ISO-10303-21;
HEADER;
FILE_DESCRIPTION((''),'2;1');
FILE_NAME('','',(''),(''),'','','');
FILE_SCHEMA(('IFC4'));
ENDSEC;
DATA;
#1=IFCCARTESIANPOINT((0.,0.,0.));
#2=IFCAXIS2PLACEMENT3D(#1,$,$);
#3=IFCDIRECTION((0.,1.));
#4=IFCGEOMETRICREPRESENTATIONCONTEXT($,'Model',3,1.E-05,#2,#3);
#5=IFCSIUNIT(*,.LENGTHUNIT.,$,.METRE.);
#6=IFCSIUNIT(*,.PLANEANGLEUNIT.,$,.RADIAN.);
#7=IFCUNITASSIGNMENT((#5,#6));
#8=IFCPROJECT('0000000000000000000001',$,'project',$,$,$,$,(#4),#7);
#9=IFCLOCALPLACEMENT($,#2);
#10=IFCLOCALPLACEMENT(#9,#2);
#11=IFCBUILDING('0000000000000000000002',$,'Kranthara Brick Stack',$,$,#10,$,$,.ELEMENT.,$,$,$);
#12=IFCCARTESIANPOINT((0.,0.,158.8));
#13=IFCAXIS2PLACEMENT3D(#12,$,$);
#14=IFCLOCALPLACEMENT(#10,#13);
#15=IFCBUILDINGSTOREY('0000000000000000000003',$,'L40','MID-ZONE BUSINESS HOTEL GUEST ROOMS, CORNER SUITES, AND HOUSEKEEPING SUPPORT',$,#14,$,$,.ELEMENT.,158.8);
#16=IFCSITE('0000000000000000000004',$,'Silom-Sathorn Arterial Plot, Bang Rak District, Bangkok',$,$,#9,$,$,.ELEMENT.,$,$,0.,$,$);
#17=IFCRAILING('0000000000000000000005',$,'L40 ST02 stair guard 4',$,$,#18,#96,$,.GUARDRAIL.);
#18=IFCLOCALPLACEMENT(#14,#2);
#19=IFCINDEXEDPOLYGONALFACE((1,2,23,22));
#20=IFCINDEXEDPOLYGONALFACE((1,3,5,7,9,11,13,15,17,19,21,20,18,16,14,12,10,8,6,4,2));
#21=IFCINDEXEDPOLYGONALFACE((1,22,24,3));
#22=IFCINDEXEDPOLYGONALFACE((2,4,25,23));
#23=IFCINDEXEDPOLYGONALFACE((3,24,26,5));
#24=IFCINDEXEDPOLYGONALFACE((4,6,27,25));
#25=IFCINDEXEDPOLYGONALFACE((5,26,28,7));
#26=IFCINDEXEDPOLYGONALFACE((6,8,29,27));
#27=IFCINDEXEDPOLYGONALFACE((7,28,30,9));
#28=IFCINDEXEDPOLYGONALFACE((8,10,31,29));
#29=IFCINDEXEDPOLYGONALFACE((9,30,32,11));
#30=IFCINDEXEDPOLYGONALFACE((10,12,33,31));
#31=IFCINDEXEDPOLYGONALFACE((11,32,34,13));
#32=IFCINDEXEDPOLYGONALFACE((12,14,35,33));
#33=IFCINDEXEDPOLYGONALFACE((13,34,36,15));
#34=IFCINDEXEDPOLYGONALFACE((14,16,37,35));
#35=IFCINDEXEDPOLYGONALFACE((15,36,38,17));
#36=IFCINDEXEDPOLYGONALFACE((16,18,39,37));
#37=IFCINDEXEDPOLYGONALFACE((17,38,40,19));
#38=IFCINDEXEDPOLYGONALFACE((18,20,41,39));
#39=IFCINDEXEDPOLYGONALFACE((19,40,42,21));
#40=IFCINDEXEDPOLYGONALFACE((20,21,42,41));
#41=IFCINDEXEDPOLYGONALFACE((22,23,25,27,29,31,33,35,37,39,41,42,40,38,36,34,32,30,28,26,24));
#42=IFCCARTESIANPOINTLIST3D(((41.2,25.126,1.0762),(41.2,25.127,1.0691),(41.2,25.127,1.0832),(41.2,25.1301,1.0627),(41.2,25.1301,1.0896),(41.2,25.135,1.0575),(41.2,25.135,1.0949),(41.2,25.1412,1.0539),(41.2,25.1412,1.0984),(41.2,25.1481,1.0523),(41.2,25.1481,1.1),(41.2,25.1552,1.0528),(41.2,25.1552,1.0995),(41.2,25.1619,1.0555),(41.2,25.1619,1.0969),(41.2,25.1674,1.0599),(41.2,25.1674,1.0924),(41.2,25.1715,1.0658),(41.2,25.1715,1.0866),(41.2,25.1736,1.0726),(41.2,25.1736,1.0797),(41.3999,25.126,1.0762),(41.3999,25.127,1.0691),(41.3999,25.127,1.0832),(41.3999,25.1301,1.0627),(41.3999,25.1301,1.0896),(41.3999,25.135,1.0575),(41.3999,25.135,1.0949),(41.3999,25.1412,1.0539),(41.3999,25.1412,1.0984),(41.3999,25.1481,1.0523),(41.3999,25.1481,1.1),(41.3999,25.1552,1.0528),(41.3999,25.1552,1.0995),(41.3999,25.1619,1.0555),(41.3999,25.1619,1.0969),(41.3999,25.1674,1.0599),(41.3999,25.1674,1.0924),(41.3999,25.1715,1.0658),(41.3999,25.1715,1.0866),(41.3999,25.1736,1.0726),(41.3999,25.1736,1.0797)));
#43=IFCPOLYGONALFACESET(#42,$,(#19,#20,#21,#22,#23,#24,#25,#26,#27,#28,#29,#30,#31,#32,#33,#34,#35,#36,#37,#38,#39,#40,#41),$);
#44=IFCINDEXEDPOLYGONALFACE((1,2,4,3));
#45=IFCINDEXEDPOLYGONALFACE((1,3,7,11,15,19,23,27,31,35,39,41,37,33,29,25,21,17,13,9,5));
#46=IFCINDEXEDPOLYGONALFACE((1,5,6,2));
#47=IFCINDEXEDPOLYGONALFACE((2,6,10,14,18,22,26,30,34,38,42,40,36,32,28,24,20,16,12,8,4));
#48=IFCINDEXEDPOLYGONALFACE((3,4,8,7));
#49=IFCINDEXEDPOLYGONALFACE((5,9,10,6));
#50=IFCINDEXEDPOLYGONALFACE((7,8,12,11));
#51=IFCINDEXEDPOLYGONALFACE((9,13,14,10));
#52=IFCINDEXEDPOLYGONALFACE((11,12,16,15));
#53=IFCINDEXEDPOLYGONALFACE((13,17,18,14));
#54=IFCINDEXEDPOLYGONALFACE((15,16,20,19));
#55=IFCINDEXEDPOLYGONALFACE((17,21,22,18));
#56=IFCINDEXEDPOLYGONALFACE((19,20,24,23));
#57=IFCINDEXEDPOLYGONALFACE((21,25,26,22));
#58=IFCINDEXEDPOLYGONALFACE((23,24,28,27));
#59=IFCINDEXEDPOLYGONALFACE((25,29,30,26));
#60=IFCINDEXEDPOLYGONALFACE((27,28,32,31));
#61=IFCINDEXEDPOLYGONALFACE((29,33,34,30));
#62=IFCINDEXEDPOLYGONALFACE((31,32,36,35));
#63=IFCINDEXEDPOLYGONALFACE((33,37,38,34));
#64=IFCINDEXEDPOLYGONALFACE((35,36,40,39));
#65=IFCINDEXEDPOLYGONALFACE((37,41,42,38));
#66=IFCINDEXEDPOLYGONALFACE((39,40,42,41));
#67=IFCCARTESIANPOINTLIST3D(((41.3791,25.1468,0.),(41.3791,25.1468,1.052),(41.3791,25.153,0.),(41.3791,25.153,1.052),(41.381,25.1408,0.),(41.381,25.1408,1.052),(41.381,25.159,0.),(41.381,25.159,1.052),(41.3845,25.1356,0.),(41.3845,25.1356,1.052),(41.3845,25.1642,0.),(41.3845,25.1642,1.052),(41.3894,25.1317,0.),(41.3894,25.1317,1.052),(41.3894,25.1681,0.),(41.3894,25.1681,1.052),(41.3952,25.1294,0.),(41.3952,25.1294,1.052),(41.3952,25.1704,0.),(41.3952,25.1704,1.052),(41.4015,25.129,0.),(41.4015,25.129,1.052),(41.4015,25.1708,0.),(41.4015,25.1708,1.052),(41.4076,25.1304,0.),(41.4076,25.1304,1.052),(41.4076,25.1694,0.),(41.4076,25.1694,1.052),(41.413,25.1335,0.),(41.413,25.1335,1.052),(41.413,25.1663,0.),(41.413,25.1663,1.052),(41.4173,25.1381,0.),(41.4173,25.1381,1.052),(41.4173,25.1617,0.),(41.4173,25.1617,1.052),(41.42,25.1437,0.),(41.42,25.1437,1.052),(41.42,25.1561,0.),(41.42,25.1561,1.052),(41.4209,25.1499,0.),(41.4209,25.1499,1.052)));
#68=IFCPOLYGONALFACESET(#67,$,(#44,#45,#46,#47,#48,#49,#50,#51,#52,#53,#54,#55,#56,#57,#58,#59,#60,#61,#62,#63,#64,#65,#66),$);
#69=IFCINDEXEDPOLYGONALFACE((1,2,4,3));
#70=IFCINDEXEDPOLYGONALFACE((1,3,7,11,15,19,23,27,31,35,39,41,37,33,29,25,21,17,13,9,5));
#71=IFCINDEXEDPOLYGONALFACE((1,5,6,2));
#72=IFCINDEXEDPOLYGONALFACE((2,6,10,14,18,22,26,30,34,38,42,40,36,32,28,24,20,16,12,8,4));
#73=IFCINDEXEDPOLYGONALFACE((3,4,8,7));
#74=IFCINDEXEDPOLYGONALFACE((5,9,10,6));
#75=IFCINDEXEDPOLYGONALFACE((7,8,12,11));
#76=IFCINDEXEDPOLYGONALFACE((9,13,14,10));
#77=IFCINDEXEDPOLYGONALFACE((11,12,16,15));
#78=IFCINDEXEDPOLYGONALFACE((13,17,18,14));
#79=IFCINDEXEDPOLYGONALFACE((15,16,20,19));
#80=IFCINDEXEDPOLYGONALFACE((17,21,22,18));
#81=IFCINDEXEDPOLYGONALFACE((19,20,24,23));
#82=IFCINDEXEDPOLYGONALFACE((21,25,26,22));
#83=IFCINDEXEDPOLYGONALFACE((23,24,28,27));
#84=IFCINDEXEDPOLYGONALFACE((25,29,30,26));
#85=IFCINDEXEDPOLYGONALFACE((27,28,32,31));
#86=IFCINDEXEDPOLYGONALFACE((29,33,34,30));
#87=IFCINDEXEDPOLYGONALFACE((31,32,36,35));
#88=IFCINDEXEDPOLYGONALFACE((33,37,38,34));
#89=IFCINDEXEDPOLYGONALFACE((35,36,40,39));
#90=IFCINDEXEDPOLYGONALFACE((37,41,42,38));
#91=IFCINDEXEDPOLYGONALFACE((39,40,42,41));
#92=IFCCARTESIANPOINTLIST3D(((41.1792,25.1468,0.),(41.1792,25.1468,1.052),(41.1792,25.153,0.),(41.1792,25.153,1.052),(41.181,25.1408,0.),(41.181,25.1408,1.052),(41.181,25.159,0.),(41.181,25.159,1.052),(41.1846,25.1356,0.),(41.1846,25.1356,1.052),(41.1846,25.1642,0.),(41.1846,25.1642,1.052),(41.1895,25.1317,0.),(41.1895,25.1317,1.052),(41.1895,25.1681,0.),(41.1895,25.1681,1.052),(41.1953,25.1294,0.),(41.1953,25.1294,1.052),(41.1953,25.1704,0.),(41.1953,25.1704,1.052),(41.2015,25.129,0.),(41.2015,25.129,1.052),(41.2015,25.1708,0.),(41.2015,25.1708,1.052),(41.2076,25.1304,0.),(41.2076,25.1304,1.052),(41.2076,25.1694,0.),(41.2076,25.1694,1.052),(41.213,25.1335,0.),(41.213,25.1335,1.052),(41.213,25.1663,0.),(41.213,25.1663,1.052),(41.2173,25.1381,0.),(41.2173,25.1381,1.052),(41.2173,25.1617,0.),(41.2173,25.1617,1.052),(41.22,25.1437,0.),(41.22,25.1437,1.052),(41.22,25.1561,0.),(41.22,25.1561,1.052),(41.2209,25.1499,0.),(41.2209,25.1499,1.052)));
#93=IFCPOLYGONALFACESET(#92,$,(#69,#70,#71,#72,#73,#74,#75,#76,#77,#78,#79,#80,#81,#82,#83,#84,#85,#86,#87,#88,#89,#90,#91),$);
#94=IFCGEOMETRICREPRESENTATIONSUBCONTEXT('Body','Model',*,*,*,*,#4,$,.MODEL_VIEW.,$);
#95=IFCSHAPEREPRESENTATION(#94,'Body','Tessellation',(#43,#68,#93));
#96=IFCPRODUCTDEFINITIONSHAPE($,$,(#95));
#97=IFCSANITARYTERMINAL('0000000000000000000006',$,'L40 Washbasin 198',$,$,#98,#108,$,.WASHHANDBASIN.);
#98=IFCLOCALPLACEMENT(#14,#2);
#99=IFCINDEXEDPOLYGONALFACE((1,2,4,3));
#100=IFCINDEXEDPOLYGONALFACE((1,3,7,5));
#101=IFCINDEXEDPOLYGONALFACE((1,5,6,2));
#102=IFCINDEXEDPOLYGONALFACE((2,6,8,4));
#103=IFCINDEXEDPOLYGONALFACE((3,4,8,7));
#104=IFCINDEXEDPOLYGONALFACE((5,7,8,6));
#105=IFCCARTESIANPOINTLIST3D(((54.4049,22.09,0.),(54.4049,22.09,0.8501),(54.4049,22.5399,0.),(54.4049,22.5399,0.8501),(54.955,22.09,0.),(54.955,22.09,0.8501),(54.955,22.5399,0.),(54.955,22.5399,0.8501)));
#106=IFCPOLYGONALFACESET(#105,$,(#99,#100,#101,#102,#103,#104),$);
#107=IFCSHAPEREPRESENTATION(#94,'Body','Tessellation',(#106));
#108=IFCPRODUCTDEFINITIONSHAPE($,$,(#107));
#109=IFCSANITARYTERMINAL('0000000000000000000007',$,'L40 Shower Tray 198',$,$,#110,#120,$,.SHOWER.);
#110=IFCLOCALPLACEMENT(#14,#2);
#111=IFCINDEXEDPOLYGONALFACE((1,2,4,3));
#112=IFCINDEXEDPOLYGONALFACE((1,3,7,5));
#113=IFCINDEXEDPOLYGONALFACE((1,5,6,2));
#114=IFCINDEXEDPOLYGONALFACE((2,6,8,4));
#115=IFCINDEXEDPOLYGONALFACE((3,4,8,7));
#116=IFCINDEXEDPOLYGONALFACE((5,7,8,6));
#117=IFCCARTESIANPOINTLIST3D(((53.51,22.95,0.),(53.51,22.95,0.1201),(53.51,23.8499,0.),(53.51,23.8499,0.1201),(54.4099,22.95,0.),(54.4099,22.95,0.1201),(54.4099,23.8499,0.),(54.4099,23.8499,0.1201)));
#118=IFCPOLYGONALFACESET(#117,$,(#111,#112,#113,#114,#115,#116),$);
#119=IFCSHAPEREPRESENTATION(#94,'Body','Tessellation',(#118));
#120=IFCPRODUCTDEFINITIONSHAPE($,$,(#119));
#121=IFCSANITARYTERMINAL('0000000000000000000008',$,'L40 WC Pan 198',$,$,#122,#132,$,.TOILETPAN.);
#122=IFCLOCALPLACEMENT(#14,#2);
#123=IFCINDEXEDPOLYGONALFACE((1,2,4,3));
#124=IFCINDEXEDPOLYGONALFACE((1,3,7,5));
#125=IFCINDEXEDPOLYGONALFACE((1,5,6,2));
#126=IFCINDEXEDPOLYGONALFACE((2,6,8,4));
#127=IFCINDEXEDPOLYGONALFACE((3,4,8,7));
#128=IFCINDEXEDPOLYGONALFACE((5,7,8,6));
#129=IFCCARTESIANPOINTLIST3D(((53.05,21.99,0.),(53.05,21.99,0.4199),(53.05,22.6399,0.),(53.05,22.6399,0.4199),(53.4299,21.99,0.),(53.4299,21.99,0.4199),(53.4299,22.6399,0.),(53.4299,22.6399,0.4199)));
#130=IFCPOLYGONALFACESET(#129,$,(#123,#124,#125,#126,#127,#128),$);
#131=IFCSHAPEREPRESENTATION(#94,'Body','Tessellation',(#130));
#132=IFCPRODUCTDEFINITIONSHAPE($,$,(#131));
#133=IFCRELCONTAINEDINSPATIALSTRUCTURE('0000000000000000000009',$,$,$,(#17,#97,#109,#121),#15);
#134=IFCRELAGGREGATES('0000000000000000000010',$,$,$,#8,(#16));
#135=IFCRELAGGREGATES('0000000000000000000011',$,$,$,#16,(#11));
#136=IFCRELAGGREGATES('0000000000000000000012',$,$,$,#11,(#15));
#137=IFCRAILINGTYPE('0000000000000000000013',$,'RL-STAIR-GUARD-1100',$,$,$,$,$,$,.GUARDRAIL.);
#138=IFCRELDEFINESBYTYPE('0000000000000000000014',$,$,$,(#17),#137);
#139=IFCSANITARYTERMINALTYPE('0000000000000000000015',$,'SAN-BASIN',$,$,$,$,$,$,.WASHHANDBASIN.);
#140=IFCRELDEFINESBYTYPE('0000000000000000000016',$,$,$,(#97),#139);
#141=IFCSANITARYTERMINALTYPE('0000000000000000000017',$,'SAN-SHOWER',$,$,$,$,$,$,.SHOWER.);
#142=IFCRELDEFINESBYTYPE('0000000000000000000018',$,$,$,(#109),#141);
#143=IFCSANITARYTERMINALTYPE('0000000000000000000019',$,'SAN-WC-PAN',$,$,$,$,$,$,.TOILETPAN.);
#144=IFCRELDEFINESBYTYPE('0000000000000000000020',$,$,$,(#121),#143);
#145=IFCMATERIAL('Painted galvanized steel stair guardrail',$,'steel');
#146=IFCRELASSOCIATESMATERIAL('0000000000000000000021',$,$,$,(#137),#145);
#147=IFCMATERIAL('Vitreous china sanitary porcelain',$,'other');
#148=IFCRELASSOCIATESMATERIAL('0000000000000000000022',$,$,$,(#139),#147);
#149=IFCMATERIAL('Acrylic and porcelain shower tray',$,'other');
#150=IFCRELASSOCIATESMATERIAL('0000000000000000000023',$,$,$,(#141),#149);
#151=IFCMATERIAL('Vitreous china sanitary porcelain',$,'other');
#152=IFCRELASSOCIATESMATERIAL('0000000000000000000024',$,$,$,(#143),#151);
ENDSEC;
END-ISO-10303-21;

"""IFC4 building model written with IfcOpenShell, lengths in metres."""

from ifc_helpers import new_model, si_unit, direction, frame, origin, origin_2d, place, context, subcontext, project, spatial, rectangle, circle, extrude, material, type_object, element, save


model = new_model("IFC4")

# Units and contexts
model_context = context("Model", 3, precision=1e-05, world=origin(), true_north=direction((0.0, 1.0)))
body_context = subcontext(model_context, "Body", "Model", "MODEL_VIEW")
ifc_project = project(units=[si_unit("LENGTHUNIT", "METRE"), si_unit("PLANEANGLEUNIT", "RADIAN")], contexts=[model_context])

# Site, building, storey
site_placement = place(None, origin())
site = spatial("IfcSite", under=ifc_project, at=site_placement, Name="Silom-Sathorn Arterial Plot, Bang Rak District, Bangkok", CompositionType="ELEMENT", RefElevation=0.0)
building_placement = place(site_placement, origin())
building = spatial("IfcBuilding", under=site, at=building_placement, Name="Kranthara Brick Stack", CompositionType="ELEMENT")
storey_placement = place(building_placement, frame((0.0, 0.0, 158.8)))
storey = spatial("IfcBuildingStorey", under=building, at=storey_placement, Name="L40", Description="MID-ZONE BUSINESS HOTEL GUEST ROOMS, CORNER SUITES, AND HOUSEKEEPING SUPPORT", CompositionType="ELEMENT", Elevation=158.8)

# Railing
ifc_material_1 = material(Name="Painted galvanized steel stair guardrail", Category="steel")
railing_type = type_object("IfcRailingType", Name="RL-STAIR-GUARD-1100", PredefinedType="GUARDRAIL", material=ifc_material_1)
railing_1_placement = place(storey_placement, frame((41.3999, 25.1499, 0.0)))
element("IfcRailing", 1, at=railing_1_placement, inside=storey, type_object=railing_type, Name="L40 ST02 stair guard 4", PredefinedType="GUARDRAIL", context=body_context, shape_type="SweptSolid", body=[
    extrude(circle(Radius=0.0239, at=origin_2d()), frame((0.0, 0.0, 1.0762), z_axis=(-1.0, 0.0, 0.0), x_axis=(0.0, -1.0, 0.0)), (0.0, 0.0, 1.0), 0.2),
    extrude(circle(Radius=0.021, at=origin_2d()), origin(), (0.0, 0.0, 1.0), 1.052),
    extrude(circle(Radius=0.021, at=origin_2d()), frame((-0.2, 0.0, 0.0)), (0.0, 0.0, 1.0), 1.052),
])

# Sanitary terminals
ifc_material_2 = material(Name="Vitreous china sanitary porcelain", Category="other")
sanitary_terminal_type_1 = type_object("IfcSanitaryTerminalType", Name="SAN-BASIN", PredefinedType="WASHHANDBASIN", material=ifc_material_2)
sanitary_terminal_1_placement = place(storey_placement, frame((54.6799, 22.3149, 0.0), z_axis=(0.0, 0.0, 1.0), x_axis=(1.0, 0.0, 0.0)))
element("IfcSanitaryTerminal", 2, at=sanitary_terminal_1_placement, inside=storey, type_object=sanitary_terminal_type_1, Name="L40 Washbasin 198", PredefinedType="WASHHANDBASIN", context=body_context, shape_type="SweptSolid", body=[
    extrude(rectangle(XDim=0.55, YDim=0.45, at=origin_2d()), origin(), (0.0, 0.0, 1.0), 0.8501),
])
ifc_material_3 = material(Name="Acrylic and porcelain shower tray", Category="other")
sanitary_terminal_type_2 = type_object("IfcSanitaryTerminalType", Name="SAN-SHOWER", PredefinedType="SHOWER", material=ifc_material_3)
sanitary_terminal_2_placement = place(storey_placement, frame((53.96, 23.3999, 0.0), z_axis=(0.0, 0.0, 1.0), x_axis=(1.0, 0.0, 0.0)))
element("IfcSanitaryTerminal", 3, at=sanitary_terminal_2_placement, inside=storey, type_object=sanitary_terminal_type_2, Name="L40 Shower Tray 198", PredefinedType="SHOWER", context=body_context, shape_type="SweptSolid", body=[
    extrude(rectangle(XDim=0.8999, YDim=0.8999, at=origin_2d()), origin(), (0.0, 0.0, 1.0), 0.1201),
])
ifc_material_4 = material(Name="Vitreous china sanitary porcelain", Category="other")
sanitary_terminal_type_3 = type_object("IfcSanitaryTerminalType", Name="SAN-WC-PAN", PredefinedType="TOILETPAN", material=ifc_material_4)
sanitary_terminal_3_placement = place(storey_placement, frame((53.24, 22.3149, 0.0), z_axis=(0.0, 0.0, 1.0), x_axis=(1.0, 0.0, 0.0)))
element("IfcSanitaryTerminal", 4, at=sanitary_terminal_3_placement, inside=storey, type_object=sanitary_terminal_type_3, Name="L40 WC Pan 198", PredefinedType="TOILETPAN", context=body_context, shape_type="SweptSolid", body=[
    extrude(rectangle(XDim=0.3799, YDim=0.6499, at=origin_2d()), origin(), (0.0, 0.0, 1.0), 0.4199),
])

save(model, "model.ifc")
